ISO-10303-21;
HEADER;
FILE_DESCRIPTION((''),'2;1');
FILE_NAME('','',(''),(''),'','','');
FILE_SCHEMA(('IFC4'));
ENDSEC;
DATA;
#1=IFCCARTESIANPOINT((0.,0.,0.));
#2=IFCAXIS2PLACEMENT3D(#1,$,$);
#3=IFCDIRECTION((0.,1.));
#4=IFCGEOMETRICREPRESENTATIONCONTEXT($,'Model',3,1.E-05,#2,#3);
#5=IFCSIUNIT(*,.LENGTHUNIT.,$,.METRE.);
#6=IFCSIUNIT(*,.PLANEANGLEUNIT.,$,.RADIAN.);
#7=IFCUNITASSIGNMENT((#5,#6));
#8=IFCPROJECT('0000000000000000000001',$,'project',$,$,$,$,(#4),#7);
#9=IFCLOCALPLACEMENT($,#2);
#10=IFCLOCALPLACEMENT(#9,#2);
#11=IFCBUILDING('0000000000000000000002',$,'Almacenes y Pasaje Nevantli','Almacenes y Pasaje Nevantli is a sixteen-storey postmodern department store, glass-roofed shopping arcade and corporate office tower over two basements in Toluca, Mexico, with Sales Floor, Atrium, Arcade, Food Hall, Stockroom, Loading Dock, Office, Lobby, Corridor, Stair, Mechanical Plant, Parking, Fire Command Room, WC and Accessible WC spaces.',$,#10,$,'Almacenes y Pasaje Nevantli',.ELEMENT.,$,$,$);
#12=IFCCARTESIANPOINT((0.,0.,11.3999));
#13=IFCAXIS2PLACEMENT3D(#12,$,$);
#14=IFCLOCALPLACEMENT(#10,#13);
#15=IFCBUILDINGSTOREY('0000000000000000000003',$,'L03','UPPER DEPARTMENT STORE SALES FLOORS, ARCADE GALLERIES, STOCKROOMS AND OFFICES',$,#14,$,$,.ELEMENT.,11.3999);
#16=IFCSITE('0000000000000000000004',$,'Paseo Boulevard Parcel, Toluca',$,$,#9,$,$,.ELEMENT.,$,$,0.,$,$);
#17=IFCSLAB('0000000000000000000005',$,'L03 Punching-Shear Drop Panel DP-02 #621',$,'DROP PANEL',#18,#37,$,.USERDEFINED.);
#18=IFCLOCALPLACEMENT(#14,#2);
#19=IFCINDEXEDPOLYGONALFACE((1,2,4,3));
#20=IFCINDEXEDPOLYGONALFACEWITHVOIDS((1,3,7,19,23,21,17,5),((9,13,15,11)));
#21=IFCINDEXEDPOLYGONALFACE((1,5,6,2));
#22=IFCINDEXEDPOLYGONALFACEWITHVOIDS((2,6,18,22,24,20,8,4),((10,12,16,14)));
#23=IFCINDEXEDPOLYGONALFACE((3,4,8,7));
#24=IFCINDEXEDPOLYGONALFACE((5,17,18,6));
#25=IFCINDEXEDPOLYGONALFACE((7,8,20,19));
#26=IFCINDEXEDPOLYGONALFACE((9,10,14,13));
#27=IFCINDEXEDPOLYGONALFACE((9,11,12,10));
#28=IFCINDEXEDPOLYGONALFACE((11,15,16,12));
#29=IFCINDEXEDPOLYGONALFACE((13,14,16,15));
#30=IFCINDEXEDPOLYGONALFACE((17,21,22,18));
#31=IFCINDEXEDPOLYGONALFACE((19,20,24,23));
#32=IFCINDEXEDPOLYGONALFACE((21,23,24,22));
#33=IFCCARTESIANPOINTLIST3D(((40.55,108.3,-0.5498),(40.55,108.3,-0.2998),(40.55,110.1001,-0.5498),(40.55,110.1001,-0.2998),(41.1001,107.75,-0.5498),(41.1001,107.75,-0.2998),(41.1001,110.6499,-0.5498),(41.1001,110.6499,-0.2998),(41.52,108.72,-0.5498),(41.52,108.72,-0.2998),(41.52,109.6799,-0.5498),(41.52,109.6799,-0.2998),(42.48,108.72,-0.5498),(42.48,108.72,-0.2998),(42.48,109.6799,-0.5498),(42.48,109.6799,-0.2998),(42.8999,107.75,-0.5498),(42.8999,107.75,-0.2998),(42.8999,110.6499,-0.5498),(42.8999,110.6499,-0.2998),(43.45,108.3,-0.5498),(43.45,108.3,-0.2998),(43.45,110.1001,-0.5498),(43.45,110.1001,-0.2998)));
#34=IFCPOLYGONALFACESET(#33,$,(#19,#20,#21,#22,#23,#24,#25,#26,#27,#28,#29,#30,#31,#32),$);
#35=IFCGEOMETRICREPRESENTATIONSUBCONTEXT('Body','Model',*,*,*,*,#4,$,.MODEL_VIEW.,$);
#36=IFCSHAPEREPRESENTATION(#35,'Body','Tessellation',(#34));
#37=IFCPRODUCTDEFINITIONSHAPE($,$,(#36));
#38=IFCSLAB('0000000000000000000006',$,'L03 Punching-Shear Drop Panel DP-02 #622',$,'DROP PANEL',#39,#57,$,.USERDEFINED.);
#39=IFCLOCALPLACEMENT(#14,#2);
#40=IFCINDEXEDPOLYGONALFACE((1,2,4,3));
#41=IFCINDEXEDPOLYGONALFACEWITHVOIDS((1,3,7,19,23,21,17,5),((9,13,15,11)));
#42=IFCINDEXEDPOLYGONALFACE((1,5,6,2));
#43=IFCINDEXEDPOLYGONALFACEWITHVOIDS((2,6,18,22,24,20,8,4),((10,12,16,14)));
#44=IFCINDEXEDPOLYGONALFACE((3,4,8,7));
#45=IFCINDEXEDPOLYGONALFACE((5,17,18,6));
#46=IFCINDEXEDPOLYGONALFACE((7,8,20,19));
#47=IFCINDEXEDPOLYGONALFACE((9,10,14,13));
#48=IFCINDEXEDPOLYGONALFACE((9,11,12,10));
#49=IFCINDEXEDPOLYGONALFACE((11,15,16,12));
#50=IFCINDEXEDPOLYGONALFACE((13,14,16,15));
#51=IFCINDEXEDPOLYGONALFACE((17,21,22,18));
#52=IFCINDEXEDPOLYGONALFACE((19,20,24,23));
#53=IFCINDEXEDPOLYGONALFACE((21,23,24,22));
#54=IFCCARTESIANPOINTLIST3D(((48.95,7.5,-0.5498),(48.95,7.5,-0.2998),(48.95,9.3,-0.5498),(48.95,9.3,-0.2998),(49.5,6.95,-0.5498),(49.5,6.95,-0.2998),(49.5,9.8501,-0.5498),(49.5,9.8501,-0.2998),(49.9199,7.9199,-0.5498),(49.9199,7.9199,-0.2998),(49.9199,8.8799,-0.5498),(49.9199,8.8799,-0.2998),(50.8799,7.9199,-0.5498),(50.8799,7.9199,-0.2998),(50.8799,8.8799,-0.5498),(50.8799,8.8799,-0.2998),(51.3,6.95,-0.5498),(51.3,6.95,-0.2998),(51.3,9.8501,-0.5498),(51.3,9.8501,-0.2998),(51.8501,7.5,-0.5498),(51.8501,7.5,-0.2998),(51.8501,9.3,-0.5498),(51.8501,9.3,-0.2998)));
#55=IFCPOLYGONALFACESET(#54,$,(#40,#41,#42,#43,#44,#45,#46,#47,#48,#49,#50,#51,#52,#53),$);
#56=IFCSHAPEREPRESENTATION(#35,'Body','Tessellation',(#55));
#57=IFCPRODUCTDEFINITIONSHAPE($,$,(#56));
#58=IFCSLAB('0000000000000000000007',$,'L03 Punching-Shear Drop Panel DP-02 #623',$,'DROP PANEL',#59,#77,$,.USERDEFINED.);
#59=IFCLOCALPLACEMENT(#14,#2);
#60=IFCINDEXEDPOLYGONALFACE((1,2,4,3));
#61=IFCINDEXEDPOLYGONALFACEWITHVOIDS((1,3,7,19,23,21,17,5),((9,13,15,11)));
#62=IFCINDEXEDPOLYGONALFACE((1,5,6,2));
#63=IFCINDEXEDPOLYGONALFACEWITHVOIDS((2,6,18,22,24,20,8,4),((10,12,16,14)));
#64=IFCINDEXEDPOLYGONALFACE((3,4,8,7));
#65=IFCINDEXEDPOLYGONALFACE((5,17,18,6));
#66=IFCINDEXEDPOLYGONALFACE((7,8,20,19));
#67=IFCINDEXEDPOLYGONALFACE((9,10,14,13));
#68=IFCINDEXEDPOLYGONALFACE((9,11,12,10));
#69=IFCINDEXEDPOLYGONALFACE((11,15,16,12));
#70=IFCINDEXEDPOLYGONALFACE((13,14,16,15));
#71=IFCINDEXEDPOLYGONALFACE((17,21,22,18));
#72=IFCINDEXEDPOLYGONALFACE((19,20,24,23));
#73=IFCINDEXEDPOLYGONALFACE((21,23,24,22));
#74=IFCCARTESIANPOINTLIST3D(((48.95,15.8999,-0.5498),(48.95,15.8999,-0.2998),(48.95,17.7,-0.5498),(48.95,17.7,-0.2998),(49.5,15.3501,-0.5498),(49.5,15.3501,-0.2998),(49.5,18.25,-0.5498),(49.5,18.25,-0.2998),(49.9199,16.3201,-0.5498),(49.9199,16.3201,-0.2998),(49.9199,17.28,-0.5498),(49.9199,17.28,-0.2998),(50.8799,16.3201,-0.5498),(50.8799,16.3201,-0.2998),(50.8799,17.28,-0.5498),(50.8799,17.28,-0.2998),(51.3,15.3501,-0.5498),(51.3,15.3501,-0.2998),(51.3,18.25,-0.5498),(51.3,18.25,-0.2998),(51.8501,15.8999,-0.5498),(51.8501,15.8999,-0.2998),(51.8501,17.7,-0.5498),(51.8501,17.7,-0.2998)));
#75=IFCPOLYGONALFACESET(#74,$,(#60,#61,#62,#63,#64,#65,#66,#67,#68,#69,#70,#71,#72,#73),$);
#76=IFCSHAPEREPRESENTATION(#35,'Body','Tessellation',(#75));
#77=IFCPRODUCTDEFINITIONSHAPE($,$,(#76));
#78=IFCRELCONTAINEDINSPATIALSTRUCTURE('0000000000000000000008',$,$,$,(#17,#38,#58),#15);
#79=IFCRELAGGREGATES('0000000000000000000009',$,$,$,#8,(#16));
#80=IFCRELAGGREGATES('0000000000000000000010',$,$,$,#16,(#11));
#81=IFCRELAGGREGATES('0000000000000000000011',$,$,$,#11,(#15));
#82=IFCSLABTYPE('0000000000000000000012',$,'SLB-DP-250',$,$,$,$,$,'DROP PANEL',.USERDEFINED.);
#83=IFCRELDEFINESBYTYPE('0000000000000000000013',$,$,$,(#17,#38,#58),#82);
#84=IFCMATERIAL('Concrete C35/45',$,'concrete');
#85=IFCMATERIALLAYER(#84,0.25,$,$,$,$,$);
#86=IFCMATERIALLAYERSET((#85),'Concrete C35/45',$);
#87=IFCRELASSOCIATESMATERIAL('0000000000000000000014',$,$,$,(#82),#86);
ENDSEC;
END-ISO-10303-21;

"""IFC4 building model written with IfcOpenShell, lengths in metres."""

from ifc_helpers import new_model, si_unit, direction, frame, origin, place, context, subcontext, project, spatial, polyline, outline, extrude, material, layer, layer_set, type_object, element, save


model = new_model("IFC4")

# Units and contexts
model_context = context("Model", 3, precision=1e-05, world=origin(), true_north=direction((0.0, 1.0)))
body_context = subcontext(model_context, "Body", "Model", "MODEL_VIEW")
ifc_project = project(units=[si_unit("LENGTHUNIT", "METRE"), si_unit("PLANEANGLEUNIT", "RADIAN")], contexts=[model_context])

# Site, building, storey
site_placement = place(None, origin())
site = spatial("IfcSite", under=ifc_project, at=site_placement, Name="Paseo Boulevard Parcel, Toluca", CompositionType="ELEMENT", RefElevation=0.0)
building_placement = place(site_placement, origin())
building = spatial("IfcBuilding", under=site, at=building_placement, Name="Almacenes y Pasaje Nevantli", Description="Almacenes y Pasaje Nevantli is a sixteen-storey postmodern department store, glass-roofed shopping arcade and corporate office tower over two basements in Toluca, Mexico, with Sales Floor, Atrium, Arcade, Food Hall, Stockroom, Loading Dock, Office, Lobby, Corridor, Stair, Mechanical Plant, Parking, Fire Command Room, WC and Accessible WC spaces.", LongName="Almacenes y Pasaje Nevantli", CompositionType="ELEMENT")
storey_placement = place(building_placement, frame((0.0, 0.0, 11.3999)))
storey = spatial("IfcBuildingStorey", under=building, at=storey_placement, Name="L03", Description="UPPER DEPARTMENT STORE SALES FLOORS, ARCADE GALLERIES, STOCKROOMS AND OFFICES", CompositionType="ELEMENT", Elevation=11.3999)

# Slabs
ifc_material = material(Name="Concrete C35/45", Category="concrete")
ifc_layer = layer(ifc_material, 0.25)
ifc_layer_set = layer_set([ifc_layer], Name="Concrete C35/45")
slab_type = type_object("IfcSlabType", Name="SLB-DP-250", ElementType="DROP PANEL", PredefinedType="USERDEFINED", material=ifc_layer_set)
slab_1_placement = place(storey_placement, frame((0.0, 0.0, -0.5498)))
element("IfcSlab", 1, at=slab_1_placement, inside=storey, type_object=slab_type, Name="L03 Punching-Shear Drop Panel DP-02 #621", ObjectType="DROP PANEL", PredefinedType="USERDEFINED", context=body_context, shape_type="SweptSolid", body=[
    extrude(outline(polyline([(41.1001, 107.75), (42.8999, 107.75), (43.45, 108.3), (43.45, 110.1001), (42.8999, 110.6499), (41.1001, 110.6499), (40.55, 110.1001), (40.55, 108.3), (41.1001, 107.75)]), holes=[polyline([(41.52, 108.72), (42.48, 108.72), (42.48, 109.6799), (41.52, 109.6799), (41.52, 108.72)])]), origin(), (0.0, 0.0, 1.0), 0.25),
])
slab_2_placement = place(storey_placement, frame((0.0, 0.0, -0.5498)))
element("IfcSlab", 2, at=slab_2_placement, inside=storey, type_object=slab_type, Name="L03 Punching-Shear Drop Panel DP-02 #622", ObjectType="DROP PANEL", PredefinedType="USERDEFINED", context=body_context, shape_type="SweptSolid", body=[
    extrude(outline(polyline([(49.5, 6.95), (51.3, 6.95), (51.8501, 7.5), (51.8501, 9.3), (51.3, 9.8501), (49.5, 9.8501), (48.95, 9.3), (48.95, 7.5), (49.5, 6.95)]), holes=[polyline([(49.9199, 7.9199), (50.8799, 7.9199), (50.8799, 8.8799), (49.9199, 8.8799), (49.9199, 7.9199)])]), origin(), (0.0, 0.0, 1.0), 0.25),
])
slab_3_placement = place(storey_placement, frame((0.0, 0.0, -0.5498)))
element("IfcSlab", 3, at=slab_3_placement, inside=storey, type_object=slab_type, Name="L03 Punching-Shear Drop Panel DP-02 #623", ObjectType="DROP PANEL", PredefinedType="USERDEFINED", context=body_context, shape_type="SweptSolid", body=[
    extrude(outline(polyline([(49.5, 15.3501), (51.3, 15.3501), (51.8501, 15.8999), (51.8501, 17.7), (51.3, 18.25), (49.5, 18.25), (48.95, 17.7), (48.95, 15.8999), (49.5, 15.3501)]), holes=[polyline([(49.9199, 16.3201), (50.8799, 16.3201), (50.8799, 17.28), (49.9199, 17.28), (49.9199, 16.3201)])]), origin(), (0.0, 0.0, 1.0), 0.25),
])

save(model, "model.ifc")
